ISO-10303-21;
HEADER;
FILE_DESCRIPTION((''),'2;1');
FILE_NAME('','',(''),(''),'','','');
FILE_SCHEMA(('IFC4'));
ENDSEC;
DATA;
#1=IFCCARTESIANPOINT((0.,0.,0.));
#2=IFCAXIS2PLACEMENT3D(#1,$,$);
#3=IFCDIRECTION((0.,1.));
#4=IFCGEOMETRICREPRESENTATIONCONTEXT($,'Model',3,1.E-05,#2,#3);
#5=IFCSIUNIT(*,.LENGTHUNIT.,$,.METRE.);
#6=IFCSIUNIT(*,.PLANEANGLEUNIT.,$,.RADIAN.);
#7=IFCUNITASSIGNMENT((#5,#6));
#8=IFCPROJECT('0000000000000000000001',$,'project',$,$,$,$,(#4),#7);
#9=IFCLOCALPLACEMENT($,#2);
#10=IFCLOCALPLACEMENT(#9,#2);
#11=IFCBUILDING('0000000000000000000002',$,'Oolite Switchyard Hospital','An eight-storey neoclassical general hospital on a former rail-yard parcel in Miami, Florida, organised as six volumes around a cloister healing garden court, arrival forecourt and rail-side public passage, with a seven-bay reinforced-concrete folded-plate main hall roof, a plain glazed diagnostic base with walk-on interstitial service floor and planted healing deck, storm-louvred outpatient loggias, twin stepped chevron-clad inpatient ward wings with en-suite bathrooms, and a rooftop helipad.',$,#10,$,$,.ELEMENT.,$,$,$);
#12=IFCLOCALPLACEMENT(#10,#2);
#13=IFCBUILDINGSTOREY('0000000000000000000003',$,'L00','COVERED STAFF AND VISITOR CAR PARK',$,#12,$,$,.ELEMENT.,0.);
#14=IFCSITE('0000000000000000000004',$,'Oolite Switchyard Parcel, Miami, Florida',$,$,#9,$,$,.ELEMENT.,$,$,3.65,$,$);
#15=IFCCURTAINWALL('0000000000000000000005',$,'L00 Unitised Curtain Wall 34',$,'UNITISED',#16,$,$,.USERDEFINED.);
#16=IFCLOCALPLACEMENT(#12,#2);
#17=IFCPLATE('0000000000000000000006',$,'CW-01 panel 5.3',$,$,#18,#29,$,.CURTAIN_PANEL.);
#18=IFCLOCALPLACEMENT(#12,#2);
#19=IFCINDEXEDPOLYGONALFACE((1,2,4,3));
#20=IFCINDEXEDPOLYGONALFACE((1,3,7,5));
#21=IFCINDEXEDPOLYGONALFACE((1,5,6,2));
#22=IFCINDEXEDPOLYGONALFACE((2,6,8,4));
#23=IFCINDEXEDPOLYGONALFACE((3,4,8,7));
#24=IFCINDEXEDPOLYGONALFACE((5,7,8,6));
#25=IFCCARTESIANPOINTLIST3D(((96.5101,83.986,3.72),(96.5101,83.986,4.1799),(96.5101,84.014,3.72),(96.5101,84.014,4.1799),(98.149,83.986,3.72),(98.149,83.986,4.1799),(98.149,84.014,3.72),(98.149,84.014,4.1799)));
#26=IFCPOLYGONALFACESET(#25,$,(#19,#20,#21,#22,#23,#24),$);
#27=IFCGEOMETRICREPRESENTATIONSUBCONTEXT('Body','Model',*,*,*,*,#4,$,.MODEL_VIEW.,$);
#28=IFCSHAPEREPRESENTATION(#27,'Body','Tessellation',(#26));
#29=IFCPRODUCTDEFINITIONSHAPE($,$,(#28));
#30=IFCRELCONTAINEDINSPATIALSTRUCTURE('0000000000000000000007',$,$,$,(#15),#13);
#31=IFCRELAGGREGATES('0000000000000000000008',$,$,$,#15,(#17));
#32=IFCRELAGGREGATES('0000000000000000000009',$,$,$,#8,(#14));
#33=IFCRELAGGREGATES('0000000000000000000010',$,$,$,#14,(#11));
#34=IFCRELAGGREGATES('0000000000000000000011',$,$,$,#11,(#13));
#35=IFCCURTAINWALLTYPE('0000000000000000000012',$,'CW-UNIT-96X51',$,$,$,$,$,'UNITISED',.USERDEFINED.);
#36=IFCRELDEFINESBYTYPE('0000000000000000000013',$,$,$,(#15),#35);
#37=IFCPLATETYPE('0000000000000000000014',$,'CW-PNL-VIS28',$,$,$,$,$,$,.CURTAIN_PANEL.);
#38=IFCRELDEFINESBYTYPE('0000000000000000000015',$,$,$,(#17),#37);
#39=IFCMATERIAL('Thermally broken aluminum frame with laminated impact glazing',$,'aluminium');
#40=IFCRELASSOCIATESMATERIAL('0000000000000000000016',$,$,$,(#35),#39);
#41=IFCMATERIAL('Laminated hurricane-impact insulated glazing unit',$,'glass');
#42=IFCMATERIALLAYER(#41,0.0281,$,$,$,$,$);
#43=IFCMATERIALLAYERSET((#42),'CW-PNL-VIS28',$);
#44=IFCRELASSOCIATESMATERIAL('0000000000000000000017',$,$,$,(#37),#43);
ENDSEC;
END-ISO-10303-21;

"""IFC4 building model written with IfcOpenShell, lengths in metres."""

from ifc_helpers import new_model, si_unit, direction, frame, origin, origin_2d, place, context, subcontext, project, spatial, rectangle, extrude, material, layer, layer_set, type_object, element, aggregate, save


model = new_model("IFC4")

# Units and contexts
model_context = context("Model", 3, precision=1e-05, world=origin(), true_north=direction((0.0, 1.0)))
body_context = subcontext(model_context, "Body", "Model", "MODEL_VIEW")
ifc_project = project(units=[si_unit("LENGTHUNIT", "METRE"), si_unit("PLANEANGLEUNIT", "RADIAN")], contexts=[model_context])

# Site, building, storey
site_placement = place(None, origin())
site = spatial("IfcSite", under=ifc_project, at=site_placement, Name="Oolite Switchyard Parcel, Miami, Florida", CompositionType="ELEMENT", RefElevation=3.65)
building_placement = place(site_placement, origin())
building = spatial("IfcBuilding", under=site, at=building_placement, Name="Oolite Switchyard Hospital", Description="An eight-storey neoclassical general hospital on a former rail-yard parcel in Miami, Florida, organised as six volumes around a cloister healing garden court, arrival forecourt and rail-side public passage, with a seven-bay reinforced-concrete folded-plate main hall roof, a plain glazed diagnostic base with walk-on interstitial service floor and planted healing deck, storm-louvred outpatient loggias, twin stepped chevron-clad inpatient ward wings with en-suite bathrooms, and a rooftop helipad.", CompositionType="ELEMENT")
storey_placement = place(building_placement, origin())
storey = spatial("IfcBuildingStorey", under=building, at=storey_placement, Name="L00", Description="COVERED STAFF AND VISITOR CAR PARK", CompositionType="ELEMENT", Elevation=0.0)

# Shared definitions
ifc_material_1 = material(Name="Thermally broken aluminum frame with laminated impact glazing", Category="aluminium")
curtain_wall_type = type_object("IfcCurtainWallType", Name="CW-UNIT-96X51", ElementType="UNITISED", PredefinedType="USERDEFINED", material=ifc_material_1)

# Curtain wall
curtain_wall_1_placement = place(storey_placement, origin())
curtain_wall_1 = element("IfcCurtainWall", 1, at=curtain_wall_1_placement, inside=storey, type_object=curtain_wall_type, Name="L00 Unitised Curtain Wall 34", ObjectType="UNITISED", PredefinedType="USERDEFINED")

# Plate
ifc_material_2 = material(Name="Laminated hurricane-impact insulated glazing unit", Category="glass")
ifc_layer_1 = layer(ifc_material_2, 0.0281)
ifc_layer_set_1 = layer_set([ifc_layer_1], Name="CW-PNL-VIS28")
plate_type_1 = type_object("IfcPlateType", Name="CW-PNL-VIS28", PredefinedType="CURTAIN_PANEL", material=ifc_layer_set_1)
plate_1_placement = place(storey_placement, frame((97.3296, 84.0, 3.72), z_axis=(0.0, 0.0, 1.0), x_axis=(-1.0, 0.0, 0.0)))
plate_1 = element("IfcPlate", 2, at=plate_1_placement, type_object=plate_type_1, Name="CW-01 panel 5.3", PredefinedType="CURTAIN_PANEL", context=body_context, shape_type="SweptSolid", body=[
    extrude(rectangle(XDim=1.6389, YDim=0.0281, at=origin_2d()), origin(), (0.0, 0.0, 1.0), 0.46),
])
aggregate(curtain_wall_1, [plate_1])

save(model, "model.ifc")
